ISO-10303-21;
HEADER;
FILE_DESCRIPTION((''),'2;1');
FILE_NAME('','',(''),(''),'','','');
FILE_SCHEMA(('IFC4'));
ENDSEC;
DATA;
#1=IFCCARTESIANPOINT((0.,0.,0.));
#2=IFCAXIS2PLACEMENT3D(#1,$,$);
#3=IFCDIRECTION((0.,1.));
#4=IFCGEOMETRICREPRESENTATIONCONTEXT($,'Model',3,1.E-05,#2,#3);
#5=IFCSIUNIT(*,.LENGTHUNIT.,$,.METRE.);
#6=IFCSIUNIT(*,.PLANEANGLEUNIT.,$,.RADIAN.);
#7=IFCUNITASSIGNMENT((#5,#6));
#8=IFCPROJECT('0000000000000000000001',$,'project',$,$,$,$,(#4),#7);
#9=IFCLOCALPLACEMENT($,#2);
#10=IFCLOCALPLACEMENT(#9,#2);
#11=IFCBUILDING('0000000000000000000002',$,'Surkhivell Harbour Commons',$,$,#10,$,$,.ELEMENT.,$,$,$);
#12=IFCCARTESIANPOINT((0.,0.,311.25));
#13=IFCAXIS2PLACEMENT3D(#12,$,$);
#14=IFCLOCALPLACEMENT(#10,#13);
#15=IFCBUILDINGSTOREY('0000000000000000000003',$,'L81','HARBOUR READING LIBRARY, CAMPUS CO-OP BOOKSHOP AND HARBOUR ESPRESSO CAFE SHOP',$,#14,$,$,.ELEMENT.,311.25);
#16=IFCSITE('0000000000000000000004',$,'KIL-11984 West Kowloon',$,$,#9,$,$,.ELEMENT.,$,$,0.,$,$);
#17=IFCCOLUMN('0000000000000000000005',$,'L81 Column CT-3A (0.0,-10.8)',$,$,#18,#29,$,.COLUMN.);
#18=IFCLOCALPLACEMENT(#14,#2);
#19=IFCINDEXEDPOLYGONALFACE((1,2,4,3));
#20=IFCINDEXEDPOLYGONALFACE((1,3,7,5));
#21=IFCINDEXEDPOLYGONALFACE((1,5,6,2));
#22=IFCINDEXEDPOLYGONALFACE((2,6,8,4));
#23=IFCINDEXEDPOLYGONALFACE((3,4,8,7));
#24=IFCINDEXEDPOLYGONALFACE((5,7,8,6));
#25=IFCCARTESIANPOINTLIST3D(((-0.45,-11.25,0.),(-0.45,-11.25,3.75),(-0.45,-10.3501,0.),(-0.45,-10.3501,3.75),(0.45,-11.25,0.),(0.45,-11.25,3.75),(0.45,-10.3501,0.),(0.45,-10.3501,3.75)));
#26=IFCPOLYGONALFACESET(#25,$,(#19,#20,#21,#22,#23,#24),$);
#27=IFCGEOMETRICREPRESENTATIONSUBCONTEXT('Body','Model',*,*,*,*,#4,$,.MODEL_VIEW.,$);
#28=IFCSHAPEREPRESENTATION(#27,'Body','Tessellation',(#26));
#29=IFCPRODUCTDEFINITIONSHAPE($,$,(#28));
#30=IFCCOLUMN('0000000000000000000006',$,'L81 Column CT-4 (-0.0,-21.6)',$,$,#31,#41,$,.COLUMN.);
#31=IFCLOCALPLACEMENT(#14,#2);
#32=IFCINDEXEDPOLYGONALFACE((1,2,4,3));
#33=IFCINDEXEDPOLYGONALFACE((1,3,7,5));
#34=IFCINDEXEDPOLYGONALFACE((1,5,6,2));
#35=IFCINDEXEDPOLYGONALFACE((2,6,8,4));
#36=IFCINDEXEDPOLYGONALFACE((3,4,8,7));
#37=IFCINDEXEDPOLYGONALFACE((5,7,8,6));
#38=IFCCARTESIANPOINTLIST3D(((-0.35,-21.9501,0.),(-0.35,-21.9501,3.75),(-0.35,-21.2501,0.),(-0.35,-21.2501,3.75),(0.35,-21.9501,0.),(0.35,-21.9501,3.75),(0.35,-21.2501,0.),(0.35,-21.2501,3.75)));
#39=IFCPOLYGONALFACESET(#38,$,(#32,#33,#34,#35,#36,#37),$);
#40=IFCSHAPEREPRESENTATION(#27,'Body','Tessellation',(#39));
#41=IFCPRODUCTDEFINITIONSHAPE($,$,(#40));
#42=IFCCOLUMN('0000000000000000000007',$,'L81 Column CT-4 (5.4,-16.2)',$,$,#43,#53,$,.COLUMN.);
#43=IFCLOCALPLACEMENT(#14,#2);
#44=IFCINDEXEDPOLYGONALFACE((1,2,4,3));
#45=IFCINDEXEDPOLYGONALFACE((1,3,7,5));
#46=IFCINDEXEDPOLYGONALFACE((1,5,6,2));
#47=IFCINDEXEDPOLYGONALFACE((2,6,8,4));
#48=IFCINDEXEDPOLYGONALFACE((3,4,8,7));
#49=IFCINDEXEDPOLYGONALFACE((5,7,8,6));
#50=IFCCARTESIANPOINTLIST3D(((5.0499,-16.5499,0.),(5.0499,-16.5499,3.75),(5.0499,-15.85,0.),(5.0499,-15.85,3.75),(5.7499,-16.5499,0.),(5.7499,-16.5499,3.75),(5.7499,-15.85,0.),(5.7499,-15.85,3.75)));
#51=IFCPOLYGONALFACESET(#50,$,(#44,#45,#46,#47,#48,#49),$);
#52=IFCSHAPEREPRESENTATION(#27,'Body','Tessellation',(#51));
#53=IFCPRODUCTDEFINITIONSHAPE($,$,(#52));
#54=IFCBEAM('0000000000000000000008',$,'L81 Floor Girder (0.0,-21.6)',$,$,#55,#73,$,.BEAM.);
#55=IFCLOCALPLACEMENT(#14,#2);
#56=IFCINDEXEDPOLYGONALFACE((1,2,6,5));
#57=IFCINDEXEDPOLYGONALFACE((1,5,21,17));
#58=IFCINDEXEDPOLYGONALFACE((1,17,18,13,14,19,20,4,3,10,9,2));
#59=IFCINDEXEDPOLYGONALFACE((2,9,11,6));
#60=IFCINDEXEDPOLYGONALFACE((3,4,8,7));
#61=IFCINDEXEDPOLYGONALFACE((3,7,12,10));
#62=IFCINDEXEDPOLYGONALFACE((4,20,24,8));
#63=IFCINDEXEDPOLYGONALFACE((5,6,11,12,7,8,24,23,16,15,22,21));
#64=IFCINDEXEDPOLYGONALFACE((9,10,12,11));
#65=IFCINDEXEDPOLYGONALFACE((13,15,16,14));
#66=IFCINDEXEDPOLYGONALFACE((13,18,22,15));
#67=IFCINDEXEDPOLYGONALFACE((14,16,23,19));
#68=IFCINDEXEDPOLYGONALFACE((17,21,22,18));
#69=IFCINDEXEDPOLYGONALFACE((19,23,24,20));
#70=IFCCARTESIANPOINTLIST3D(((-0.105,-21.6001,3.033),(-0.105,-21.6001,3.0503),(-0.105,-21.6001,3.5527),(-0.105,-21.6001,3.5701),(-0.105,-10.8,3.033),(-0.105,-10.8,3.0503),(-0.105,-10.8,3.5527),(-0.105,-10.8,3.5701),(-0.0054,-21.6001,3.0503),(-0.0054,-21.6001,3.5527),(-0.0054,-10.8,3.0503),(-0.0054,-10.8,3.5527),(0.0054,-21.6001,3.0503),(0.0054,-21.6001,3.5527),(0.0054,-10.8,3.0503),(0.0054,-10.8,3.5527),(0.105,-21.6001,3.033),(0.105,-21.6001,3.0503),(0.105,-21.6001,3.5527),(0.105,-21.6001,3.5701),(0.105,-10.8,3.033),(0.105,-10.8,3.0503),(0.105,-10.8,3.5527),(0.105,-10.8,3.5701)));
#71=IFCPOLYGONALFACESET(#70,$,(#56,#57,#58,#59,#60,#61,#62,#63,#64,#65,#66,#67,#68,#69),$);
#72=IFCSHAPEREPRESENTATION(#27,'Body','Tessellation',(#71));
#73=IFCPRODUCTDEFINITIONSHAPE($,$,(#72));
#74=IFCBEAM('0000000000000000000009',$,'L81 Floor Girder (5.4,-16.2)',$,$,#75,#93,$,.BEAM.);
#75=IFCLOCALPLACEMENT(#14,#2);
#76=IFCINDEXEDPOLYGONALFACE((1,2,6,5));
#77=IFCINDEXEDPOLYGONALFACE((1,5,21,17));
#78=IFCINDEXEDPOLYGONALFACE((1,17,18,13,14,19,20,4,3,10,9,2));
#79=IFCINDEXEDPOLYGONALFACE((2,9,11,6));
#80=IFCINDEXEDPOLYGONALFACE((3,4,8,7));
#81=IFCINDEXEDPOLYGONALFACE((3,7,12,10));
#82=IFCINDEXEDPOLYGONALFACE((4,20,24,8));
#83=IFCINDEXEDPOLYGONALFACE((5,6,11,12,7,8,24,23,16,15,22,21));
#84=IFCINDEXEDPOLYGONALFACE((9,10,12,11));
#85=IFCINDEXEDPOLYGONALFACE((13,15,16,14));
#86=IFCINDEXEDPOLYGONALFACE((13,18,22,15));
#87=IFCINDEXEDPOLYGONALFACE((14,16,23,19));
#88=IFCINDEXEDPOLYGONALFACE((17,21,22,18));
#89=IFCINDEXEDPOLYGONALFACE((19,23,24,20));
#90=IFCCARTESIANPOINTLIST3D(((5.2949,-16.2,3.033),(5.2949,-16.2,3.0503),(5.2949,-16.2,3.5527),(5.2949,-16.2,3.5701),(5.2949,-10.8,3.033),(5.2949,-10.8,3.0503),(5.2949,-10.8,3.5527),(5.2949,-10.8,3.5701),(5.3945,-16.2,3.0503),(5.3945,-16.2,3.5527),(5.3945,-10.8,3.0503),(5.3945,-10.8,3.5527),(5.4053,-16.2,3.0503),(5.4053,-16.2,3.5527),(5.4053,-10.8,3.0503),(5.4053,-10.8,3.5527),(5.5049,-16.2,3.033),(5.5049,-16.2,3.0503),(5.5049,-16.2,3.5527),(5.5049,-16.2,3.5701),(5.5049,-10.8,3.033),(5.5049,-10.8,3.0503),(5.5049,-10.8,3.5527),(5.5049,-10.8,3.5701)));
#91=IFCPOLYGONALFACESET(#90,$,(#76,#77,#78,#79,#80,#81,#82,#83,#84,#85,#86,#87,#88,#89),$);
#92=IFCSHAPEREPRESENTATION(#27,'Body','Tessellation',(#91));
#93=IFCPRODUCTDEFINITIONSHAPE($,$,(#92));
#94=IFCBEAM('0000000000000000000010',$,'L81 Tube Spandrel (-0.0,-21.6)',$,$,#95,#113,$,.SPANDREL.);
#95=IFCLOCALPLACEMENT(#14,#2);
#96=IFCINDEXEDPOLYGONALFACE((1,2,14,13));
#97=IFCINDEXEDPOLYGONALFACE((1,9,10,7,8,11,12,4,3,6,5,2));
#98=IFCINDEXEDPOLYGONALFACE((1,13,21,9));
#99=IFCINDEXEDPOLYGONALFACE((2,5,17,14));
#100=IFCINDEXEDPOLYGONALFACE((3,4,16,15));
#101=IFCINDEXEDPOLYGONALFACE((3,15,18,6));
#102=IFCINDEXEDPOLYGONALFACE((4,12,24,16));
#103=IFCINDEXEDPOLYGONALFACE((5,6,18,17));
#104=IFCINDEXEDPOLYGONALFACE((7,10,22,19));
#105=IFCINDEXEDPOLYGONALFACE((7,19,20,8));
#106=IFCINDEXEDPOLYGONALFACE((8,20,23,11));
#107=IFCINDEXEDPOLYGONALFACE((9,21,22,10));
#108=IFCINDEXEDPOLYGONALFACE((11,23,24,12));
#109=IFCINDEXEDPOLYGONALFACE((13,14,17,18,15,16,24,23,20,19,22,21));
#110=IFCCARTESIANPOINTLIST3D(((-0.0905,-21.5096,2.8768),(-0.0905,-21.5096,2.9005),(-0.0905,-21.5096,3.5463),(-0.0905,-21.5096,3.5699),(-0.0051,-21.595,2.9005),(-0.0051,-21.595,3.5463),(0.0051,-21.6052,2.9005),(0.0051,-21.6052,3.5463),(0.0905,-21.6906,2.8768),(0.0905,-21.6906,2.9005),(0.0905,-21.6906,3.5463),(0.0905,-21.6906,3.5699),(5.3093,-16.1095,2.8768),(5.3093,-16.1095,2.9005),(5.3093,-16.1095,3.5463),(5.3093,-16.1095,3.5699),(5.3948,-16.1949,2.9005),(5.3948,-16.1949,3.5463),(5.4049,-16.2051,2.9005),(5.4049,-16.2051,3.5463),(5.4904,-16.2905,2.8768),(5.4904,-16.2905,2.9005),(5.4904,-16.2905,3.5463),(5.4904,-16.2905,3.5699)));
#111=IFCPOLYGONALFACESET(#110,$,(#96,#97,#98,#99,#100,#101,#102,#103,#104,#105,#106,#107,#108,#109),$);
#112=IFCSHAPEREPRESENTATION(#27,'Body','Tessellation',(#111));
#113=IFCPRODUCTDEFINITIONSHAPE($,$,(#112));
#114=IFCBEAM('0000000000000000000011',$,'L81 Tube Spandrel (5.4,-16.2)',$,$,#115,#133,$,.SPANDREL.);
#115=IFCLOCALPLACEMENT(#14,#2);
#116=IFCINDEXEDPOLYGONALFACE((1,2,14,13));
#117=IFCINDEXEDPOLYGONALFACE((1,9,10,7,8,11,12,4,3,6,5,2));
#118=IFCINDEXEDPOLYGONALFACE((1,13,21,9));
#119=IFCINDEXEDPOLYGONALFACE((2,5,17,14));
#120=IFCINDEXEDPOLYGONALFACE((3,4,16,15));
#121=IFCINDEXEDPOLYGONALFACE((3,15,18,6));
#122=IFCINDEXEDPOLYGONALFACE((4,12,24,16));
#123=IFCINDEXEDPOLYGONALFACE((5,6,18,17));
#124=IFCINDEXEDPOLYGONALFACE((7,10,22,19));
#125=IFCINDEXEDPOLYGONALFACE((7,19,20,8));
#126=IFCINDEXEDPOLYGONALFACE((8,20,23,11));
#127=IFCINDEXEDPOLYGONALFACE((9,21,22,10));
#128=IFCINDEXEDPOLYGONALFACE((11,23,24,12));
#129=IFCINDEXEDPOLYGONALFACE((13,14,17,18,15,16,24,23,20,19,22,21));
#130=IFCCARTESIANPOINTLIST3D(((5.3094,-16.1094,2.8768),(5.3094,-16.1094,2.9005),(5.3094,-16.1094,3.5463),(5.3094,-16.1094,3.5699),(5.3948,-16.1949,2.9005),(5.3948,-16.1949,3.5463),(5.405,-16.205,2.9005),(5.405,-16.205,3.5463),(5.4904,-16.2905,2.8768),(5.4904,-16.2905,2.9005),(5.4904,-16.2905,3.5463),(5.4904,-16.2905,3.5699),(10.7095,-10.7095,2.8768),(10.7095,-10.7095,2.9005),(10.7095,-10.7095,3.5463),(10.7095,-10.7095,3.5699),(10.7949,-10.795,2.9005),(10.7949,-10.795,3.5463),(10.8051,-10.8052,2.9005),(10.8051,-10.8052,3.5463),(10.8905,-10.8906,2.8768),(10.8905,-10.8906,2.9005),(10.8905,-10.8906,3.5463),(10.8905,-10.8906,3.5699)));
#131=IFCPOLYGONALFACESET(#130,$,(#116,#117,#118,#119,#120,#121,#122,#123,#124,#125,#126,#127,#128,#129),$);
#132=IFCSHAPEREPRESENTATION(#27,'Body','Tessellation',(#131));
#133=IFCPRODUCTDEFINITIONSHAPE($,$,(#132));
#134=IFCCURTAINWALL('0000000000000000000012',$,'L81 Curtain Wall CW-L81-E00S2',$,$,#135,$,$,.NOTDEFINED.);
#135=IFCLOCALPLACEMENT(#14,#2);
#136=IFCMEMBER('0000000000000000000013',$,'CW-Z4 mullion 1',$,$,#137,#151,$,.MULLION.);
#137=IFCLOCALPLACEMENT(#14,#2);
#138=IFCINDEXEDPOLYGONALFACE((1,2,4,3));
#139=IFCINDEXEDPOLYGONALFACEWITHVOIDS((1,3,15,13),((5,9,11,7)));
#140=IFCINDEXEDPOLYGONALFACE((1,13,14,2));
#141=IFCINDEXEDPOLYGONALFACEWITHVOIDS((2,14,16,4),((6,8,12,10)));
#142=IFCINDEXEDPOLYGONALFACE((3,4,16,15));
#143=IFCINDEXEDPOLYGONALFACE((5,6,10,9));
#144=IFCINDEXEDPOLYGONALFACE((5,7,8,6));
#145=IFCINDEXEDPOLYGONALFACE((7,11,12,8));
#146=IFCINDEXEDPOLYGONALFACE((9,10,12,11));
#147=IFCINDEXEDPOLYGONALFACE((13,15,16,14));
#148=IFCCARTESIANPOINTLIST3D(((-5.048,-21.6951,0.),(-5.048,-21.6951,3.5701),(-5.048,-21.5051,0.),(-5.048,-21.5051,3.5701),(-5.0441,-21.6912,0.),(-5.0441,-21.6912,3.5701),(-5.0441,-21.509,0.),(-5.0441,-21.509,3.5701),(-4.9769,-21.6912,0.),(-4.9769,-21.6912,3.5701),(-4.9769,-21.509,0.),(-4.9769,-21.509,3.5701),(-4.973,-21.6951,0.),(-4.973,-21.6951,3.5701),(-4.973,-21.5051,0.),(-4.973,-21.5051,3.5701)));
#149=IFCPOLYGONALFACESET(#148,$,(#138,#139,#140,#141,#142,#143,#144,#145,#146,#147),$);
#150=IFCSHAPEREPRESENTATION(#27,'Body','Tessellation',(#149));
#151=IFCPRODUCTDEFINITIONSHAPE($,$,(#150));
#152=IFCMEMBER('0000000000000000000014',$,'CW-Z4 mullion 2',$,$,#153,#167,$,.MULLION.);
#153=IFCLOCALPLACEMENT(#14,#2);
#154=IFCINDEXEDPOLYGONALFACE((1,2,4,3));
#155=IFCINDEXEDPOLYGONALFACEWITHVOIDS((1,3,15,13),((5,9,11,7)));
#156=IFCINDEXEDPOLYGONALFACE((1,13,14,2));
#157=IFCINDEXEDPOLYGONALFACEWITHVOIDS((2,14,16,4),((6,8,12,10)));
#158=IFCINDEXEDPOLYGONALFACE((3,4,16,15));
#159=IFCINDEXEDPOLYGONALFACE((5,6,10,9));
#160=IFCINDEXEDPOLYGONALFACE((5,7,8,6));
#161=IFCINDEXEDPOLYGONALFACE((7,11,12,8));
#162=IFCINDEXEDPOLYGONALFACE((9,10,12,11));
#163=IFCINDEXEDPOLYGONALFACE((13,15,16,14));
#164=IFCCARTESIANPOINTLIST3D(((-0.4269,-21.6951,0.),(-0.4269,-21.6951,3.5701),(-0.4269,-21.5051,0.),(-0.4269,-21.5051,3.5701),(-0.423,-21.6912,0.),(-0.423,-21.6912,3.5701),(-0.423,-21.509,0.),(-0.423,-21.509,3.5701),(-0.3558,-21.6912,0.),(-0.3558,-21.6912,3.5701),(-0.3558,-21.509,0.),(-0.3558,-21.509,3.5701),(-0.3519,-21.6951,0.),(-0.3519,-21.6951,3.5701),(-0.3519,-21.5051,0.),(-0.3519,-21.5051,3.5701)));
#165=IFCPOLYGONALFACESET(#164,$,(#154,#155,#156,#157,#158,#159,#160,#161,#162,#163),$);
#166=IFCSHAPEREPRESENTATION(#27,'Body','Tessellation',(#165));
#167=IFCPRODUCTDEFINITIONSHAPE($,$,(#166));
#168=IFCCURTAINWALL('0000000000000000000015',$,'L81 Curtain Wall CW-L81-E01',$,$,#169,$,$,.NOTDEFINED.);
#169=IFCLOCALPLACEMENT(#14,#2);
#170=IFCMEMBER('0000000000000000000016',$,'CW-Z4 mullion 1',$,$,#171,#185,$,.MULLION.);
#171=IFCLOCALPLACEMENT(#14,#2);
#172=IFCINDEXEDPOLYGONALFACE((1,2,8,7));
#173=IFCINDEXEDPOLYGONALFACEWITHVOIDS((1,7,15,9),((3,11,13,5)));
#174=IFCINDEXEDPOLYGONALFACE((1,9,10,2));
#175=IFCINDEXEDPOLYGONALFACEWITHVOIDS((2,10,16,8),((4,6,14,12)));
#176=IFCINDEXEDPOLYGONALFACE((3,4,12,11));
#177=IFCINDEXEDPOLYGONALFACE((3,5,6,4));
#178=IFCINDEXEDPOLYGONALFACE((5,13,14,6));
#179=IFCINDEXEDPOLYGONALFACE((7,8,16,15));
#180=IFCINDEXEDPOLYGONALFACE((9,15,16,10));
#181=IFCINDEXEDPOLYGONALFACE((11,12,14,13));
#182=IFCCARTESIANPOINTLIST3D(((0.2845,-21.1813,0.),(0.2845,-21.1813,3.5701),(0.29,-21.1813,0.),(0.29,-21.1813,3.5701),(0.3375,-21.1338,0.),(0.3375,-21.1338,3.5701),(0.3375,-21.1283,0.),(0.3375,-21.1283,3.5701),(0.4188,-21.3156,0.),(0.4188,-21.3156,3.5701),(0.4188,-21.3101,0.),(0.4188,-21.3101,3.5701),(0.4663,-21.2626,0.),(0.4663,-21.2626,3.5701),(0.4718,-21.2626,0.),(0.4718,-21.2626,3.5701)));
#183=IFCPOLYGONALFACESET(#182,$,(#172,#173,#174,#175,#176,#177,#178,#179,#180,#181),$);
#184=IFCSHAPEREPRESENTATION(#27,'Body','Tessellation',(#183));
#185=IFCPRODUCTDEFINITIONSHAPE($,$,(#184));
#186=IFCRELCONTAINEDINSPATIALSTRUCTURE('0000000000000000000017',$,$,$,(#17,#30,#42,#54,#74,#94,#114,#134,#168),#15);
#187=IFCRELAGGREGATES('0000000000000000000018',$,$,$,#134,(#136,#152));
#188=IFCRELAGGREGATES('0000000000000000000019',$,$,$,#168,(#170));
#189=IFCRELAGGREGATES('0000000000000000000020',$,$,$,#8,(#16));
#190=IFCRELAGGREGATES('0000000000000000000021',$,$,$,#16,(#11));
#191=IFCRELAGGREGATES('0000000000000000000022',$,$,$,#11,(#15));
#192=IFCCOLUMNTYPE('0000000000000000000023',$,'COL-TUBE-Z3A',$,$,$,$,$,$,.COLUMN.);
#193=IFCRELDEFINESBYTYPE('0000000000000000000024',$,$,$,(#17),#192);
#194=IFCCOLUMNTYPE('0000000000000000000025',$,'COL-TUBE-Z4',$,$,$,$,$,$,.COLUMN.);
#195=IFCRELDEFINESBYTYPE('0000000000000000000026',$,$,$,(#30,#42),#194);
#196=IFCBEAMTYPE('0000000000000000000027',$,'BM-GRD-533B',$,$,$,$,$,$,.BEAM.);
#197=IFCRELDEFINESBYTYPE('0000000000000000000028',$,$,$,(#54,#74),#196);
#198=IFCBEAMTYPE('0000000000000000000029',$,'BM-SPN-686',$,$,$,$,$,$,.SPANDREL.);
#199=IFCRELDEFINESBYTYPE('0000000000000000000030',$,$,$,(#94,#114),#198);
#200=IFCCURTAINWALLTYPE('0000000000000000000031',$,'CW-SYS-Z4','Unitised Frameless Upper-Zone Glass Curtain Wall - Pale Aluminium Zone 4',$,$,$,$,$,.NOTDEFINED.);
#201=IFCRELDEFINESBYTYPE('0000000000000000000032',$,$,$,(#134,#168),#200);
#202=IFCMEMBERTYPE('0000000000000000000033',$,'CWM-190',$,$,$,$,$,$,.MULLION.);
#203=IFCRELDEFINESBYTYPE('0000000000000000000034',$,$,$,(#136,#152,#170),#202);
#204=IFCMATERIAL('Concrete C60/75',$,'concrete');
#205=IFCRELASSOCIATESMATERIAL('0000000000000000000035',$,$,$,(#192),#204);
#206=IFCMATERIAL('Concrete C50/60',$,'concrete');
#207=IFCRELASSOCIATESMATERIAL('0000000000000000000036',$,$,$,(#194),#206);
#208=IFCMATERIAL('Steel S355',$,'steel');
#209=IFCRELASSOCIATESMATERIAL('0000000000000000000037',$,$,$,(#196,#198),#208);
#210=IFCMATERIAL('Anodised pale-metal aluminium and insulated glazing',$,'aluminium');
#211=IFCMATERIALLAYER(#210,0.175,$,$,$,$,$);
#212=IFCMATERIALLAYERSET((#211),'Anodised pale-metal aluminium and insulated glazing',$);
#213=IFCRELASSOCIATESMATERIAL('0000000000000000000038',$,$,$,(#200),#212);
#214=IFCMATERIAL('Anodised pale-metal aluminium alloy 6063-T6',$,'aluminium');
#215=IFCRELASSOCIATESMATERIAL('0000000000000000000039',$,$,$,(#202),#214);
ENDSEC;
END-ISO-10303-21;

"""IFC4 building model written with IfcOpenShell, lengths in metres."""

from ifc_helpers import new_model, si_unit, direction, frame, origin, origin_2d, place, context, subcontext, project, spatial, rectangle, hollow_rectangle, i_section, extrude, material, layer, layer_set, material_profile, profile_set, type_object, element, aggregate, save


model = new_model("IFC4")

# Units and contexts
model_context = context("Model", 3, precision=1e-05, world=origin(), true_north=direction((0.0, 1.0)))
body_context = subcontext(model_context, "Body", "Model", "MODEL_VIEW")
ifc_project = project(units=[si_unit("LENGTHUNIT", "METRE"), si_unit("PLANEANGLEUNIT", "RADIAN")], contexts=[model_context])

# Site, building, storey
site_placement = place(None, origin())
site = spatial("IfcSite", under=ifc_project, at=site_placement, Name="KIL-11984 West Kowloon", CompositionType="ELEMENT", RefElevation=0.0)
building_placement = place(site_placement, origin())
building = spatial("IfcBuilding", under=site, at=building_placement, Name="Surkhivell Harbour Commons", CompositionType="ELEMENT")
storey_placement = place(building_placement, frame((0.0, 0.0, 311.25)))
storey = spatial("IfcBuildingStorey", under=building, at=storey_placement, Name="L81", Description="HARBOUR READING LIBRARY, CAMPUS CO-OP BOOKSHOP AND HARBOUR ESPRESSO CAFE SHOP", CompositionType="ELEMENT", Elevation=311.25)

# Columns
ifc_material_1 = material(Name="Concrete C60/75", Category="concrete")
ifc_material_profile_1 = material_profile(ifc_material_1, rectangle(XDim=0.8999, YDim=0.8999, at=origin_2d()), Name="RC-COL-900x900")
ifc_profile_set_1 = profile_set([ifc_material_profile_1], Name="Concrete C60/75")
column_type_1 = type_object("IfcColumnType", Name="COL-TUBE-Z3A", PredefinedType="COLUMN", material=ifc_profile_set_1)
column_placement = place(storey_placement, frame((0.0, -10.8, 0.0), z_axis=(0.0, 0.0, 1.0), x_axis=(1.0, 0.0, 0.0)))
element("IfcColumn", 1, at=column_placement, inside=storey, type_object=column_type_1, Name="L81 Column CT-3A (0.0,-10.8)", PredefinedType="COLUMN", context=body_context, shape_type="SweptSolid", body=[
    extrude(rectangle(XDim=0.8999, YDim=0.8999, at=origin_2d()), origin(), (0.0, 0.0, 1.0), 3.75),
])
ifc_material_2 = material(Name="Concrete C50/60", Category="concrete")
ifc_material_profile_2 = material_profile(ifc_material_2, rectangle(XDim=0.7, YDim=0.7, at=origin_2d()), Name="RC-COL-700x700")
ifc_profile_set_2 = profile_set([ifc_material_profile_2], Name="Concrete C50/60")
column_type_2 = type_object("IfcColumnType", Name="COL-TUBE-Z4", PredefinedType="COLUMN", material=ifc_profile_set_2)
for number, where, z_axis, x_axis, name in (
    (2, (0.0, -21.6001, 0.0), (0.0, 0.0, 1.0), (1.0, 0.0, 0.0), "L81 Column CT-4 (-0.0,-21.6)"),
    (3, (5.3999, -16.2, 0.0), (0.0, 0.0, 1.0), (1.0, 0.0, 0.0), "L81 Column CT-4 (5.4,-16.2)"),
):
    element("IfcColumn", number, at=place(storey_placement, frame(where, z_axis=z_axis, x_axis=x_axis)), inside=storey, type_object=column_type_2, Name=name, PredefinedType="COLUMN", context=body_context, shape_type="SweptSolid", body=[
        extrude(rectangle(XDim=0.7, YDim=0.7, at=origin_2d()), origin(), (0.0, 0.0, 1.0), 3.75),
    ])

# Beams
ifc_material_3 = material(Name="Steel S355", Category="steel")
ifc_material_profile_3 = material_profile(ifc_material_3, i_section(OverallWidth=0.21, OverallDepth=0.5371, WebThickness=0.0107, FlangeThickness=0.0173, at=origin_2d()), Name="UB533x210x101")
ifc_profile_set_3 = profile_set([ifc_material_profile_3], Name="Steel S355")
beam_type_1 = type_object("IfcBeamType", Name="BM-GRD-533B", PredefinedType="BEAM", material=ifc_profile_set_3)
beam_1_placement = place(storey_placement, frame((0.0, -21.6001, 3.3015), z_axis=(0.0, 1.0, 0.0), x_axis=(-1.0, 0.0, 0.0)))
element("IfcBeam", 4, at=beam_1_placement, inside=storey, type_object=beam_type_1, Name="L81 Floor Girder (0.0,-21.6)", PredefinedType="BEAM", context=body_context, shape_type="SweptSolid", body=[
    extrude(i_section(OverallWidth=0.21, OverallDepth=0.5371, WebThickness=0.0107, FlangeThickness=0.0173, at=origin_2d()), origin(), (0.0, 0.0, 1.0), 10.8),
])
beam_2_placement = place(storey_placement, frame((5.3999, -16.2, 3.3015), z_axis=(0.0, 1.0, 0.0), x_axis=(-1.0, 0.0, 0.0)))
element("IfcBeam", 5, at=beam_2_placement, inside=storey, type_object=beam_type_1, Name="L81 Floor Girder (5.4,-16.2)", PredefinedType="BEAM", context=body_context, shape_type="SweptSolid", body=[
    extrude(i_section(OverallWidth=0.21, OverallDepth=0.5371, WebThickness=0.0107, FlangeThickness=0.0173, at=origin_2d()), origin(), (0.0, 0.0, 1.0), 5.3999),
])
ifc_material_profile_4 = material_profile(ifc_material_3, i_section(OverallWidth=0.2561, OverallDepth=0.6931, WebThickness=0.0144, FlangeThickness=0.0237, at=origin_2d()), Name="UB686x254x170")
ifc_profile_set_4 = profile_set([ifc_material_profile_4], Name="Steel S355")
beam_type_2 = type_object("IfcBeamType", Name="BM-SPN-686", PredefinedType="SPANDREL", material=ifc_profile_set_4)
for number, where, z_axis, x_axis, name in (
    (6, (0.0, -21.6001, 3.2234), (0.707091, 0.707123, 0.0), (-0.707123, 0.707091, 0.0), "L81 Tube Spandrel (-0.0,-21.6)"),
    (7, (5.3999, -16.2, 3.2234), (0.707123, 0.707091, 0.0), (-0.707091, 0.707123, 0.0), "L81 Tube Spandrel (5.4,-16.2)"),
):
    element("IfcBeam", number, at=place(storey_placement, frame(where, z_axis=z_axis, x_axis=x_axis)), inside=storey, type_object=beam_type_2, Name=name, PredefinedType="SPANDREL", context=body_context, shape_type="SweptSolid", body=[
        extrude(i_section(OverallWidth=0.2561, OverallDepth=0.6931, WebThickness=0.0144, FlangeThickness=0.0237, at=origin_2d()), origin(), (0.0, 0.0, 1.0), 7.6367),
    ])

# Curtain wall, members
ifc_material_4 = material(Name="Anodised pale-metal aluminium and insulated glazing", Category="aluminium")
ifc_layer_1 = layer(ifc_material_4, 0.175)
ifc_layer_set_1 = layer_set([ifc_layer_1], Name="Anodised pale-metal aluminium and insulated glazing")
curtain_wall_type = type_object("IfcCurtainWallType", Name="CW-SYS-Z4", Description="Unitised Frameless Upper-Zone Glass Curtain Wall - Pale Aluminium Zone 4", PredefinedType="NOTDEFINED", material=ifc_layer_set_1)
curtain_wall_1_placement = place(storey_placement, origin())
curtain_wall_1 = element("IfcCurtainWall", 8, at=curtain_wall_1_placement, inside=storey, type_object=curtain_wall_type, Name="L81 Curtain Wall CW-L81-E00S2", PredefinedType="NOTDEFINED")
ifc_material_5 = material(Name="Anodised pale-metal aluminium alloy 6063-T6", Category="aluminium")
ifc_material_profile_5 = material_profile(ifc_material_5, hollow_rectangle(XDim=0.075, YDim=0.1899, WallThickness=0.0039, at=origin_2d()), Name="ALU-MULL-75x190")
ifc_profile_set_5 = profile_set([ifc_material_profile_5], Name="Anodised pale-metal aluminium alloy 6063-T6")
member_type_1 = type_object("IfcMemberType", Name="CWM-190", PredefinedType="MULLION", material=ifc_profile_set_5)
member_1_placement = place(storey_placement, frame((-5.0105, -21.6001, 0.0), z_axis=(0.0, 0.0, 1.0), x_axis=(1.0, 0.0, 0.0)))
member_1 = element("IfcMember", 9, at=member_1_placement, type_object=member_type_1, Name="CW-Z4 mullion 1", PredefinedType="MULLION", context=body_context, shape_type="SweptSolid", body=[
    extrude(hollow_rectangle(XDim=0.075, YDim=0.1899, WallThickness=0.0039, at=origin_2d()), origin(), (0.0, 0.0, 1.0), 3.5701),
])
member_2_placement = place(storey_placement, frame((-0.3894, -21.6001, 0.0), z_axis=(0.0, 0.0, 1.0), x_axis=(1.0, 0.0, 0.0)))
member_2 = element("IfcMember", 10, at=member_2_placement, type_object=member_type_1, Name="CW-Z4 mullion 2", PredefinedType="MULLION", context=body_context, shape_type="SweptSolid", body=[
    extrude(hollow_rectangle(XDim=0.075, YDim=0.1899, WallThickness=0.0039, at=origin_2d()), origin(), (0.0, 0.0, 1.0), 3.5701),
])

# Curtain wall, member
curtain_wall_2_placement = place(storey_placement, origin())
curtain_wall_2 = element("IfcCurtainWall", 11, at=curtain_wall_2_placement, inside=storey, type_object=curtain_wall_type, Name="L81 Curtain Wall CW-L81-E01", PredefinedType="NOTDEFINED")
member_3_placement = place(storey_placement, frame((0.3782, -21.2219, 0.0), z_axis=(0.0, 0.0, 1.0), x_axis=(0.707107, 0.707107, 0.0)))
member_3 = element("IfcMember", 12, at=member_3_placement, type_object=member_type_1, Name="CW-Z4 mullion 1", PredefinedType="MULLION", context=body_context, shape_type="SweptSolid", body=[
    extrude(hollow_rectangle(XDim=0.075, YDim=0.1899, WallThickness=0.0039, at=origin_2d()), origin(), (0.0, 0.0, 1.0), 3.5701),
])

aggregate(curtain_wall_1, [member_1, member_2])
aggregate(curtain_wall_2, [member_3])

save(model, "model.ifc")
